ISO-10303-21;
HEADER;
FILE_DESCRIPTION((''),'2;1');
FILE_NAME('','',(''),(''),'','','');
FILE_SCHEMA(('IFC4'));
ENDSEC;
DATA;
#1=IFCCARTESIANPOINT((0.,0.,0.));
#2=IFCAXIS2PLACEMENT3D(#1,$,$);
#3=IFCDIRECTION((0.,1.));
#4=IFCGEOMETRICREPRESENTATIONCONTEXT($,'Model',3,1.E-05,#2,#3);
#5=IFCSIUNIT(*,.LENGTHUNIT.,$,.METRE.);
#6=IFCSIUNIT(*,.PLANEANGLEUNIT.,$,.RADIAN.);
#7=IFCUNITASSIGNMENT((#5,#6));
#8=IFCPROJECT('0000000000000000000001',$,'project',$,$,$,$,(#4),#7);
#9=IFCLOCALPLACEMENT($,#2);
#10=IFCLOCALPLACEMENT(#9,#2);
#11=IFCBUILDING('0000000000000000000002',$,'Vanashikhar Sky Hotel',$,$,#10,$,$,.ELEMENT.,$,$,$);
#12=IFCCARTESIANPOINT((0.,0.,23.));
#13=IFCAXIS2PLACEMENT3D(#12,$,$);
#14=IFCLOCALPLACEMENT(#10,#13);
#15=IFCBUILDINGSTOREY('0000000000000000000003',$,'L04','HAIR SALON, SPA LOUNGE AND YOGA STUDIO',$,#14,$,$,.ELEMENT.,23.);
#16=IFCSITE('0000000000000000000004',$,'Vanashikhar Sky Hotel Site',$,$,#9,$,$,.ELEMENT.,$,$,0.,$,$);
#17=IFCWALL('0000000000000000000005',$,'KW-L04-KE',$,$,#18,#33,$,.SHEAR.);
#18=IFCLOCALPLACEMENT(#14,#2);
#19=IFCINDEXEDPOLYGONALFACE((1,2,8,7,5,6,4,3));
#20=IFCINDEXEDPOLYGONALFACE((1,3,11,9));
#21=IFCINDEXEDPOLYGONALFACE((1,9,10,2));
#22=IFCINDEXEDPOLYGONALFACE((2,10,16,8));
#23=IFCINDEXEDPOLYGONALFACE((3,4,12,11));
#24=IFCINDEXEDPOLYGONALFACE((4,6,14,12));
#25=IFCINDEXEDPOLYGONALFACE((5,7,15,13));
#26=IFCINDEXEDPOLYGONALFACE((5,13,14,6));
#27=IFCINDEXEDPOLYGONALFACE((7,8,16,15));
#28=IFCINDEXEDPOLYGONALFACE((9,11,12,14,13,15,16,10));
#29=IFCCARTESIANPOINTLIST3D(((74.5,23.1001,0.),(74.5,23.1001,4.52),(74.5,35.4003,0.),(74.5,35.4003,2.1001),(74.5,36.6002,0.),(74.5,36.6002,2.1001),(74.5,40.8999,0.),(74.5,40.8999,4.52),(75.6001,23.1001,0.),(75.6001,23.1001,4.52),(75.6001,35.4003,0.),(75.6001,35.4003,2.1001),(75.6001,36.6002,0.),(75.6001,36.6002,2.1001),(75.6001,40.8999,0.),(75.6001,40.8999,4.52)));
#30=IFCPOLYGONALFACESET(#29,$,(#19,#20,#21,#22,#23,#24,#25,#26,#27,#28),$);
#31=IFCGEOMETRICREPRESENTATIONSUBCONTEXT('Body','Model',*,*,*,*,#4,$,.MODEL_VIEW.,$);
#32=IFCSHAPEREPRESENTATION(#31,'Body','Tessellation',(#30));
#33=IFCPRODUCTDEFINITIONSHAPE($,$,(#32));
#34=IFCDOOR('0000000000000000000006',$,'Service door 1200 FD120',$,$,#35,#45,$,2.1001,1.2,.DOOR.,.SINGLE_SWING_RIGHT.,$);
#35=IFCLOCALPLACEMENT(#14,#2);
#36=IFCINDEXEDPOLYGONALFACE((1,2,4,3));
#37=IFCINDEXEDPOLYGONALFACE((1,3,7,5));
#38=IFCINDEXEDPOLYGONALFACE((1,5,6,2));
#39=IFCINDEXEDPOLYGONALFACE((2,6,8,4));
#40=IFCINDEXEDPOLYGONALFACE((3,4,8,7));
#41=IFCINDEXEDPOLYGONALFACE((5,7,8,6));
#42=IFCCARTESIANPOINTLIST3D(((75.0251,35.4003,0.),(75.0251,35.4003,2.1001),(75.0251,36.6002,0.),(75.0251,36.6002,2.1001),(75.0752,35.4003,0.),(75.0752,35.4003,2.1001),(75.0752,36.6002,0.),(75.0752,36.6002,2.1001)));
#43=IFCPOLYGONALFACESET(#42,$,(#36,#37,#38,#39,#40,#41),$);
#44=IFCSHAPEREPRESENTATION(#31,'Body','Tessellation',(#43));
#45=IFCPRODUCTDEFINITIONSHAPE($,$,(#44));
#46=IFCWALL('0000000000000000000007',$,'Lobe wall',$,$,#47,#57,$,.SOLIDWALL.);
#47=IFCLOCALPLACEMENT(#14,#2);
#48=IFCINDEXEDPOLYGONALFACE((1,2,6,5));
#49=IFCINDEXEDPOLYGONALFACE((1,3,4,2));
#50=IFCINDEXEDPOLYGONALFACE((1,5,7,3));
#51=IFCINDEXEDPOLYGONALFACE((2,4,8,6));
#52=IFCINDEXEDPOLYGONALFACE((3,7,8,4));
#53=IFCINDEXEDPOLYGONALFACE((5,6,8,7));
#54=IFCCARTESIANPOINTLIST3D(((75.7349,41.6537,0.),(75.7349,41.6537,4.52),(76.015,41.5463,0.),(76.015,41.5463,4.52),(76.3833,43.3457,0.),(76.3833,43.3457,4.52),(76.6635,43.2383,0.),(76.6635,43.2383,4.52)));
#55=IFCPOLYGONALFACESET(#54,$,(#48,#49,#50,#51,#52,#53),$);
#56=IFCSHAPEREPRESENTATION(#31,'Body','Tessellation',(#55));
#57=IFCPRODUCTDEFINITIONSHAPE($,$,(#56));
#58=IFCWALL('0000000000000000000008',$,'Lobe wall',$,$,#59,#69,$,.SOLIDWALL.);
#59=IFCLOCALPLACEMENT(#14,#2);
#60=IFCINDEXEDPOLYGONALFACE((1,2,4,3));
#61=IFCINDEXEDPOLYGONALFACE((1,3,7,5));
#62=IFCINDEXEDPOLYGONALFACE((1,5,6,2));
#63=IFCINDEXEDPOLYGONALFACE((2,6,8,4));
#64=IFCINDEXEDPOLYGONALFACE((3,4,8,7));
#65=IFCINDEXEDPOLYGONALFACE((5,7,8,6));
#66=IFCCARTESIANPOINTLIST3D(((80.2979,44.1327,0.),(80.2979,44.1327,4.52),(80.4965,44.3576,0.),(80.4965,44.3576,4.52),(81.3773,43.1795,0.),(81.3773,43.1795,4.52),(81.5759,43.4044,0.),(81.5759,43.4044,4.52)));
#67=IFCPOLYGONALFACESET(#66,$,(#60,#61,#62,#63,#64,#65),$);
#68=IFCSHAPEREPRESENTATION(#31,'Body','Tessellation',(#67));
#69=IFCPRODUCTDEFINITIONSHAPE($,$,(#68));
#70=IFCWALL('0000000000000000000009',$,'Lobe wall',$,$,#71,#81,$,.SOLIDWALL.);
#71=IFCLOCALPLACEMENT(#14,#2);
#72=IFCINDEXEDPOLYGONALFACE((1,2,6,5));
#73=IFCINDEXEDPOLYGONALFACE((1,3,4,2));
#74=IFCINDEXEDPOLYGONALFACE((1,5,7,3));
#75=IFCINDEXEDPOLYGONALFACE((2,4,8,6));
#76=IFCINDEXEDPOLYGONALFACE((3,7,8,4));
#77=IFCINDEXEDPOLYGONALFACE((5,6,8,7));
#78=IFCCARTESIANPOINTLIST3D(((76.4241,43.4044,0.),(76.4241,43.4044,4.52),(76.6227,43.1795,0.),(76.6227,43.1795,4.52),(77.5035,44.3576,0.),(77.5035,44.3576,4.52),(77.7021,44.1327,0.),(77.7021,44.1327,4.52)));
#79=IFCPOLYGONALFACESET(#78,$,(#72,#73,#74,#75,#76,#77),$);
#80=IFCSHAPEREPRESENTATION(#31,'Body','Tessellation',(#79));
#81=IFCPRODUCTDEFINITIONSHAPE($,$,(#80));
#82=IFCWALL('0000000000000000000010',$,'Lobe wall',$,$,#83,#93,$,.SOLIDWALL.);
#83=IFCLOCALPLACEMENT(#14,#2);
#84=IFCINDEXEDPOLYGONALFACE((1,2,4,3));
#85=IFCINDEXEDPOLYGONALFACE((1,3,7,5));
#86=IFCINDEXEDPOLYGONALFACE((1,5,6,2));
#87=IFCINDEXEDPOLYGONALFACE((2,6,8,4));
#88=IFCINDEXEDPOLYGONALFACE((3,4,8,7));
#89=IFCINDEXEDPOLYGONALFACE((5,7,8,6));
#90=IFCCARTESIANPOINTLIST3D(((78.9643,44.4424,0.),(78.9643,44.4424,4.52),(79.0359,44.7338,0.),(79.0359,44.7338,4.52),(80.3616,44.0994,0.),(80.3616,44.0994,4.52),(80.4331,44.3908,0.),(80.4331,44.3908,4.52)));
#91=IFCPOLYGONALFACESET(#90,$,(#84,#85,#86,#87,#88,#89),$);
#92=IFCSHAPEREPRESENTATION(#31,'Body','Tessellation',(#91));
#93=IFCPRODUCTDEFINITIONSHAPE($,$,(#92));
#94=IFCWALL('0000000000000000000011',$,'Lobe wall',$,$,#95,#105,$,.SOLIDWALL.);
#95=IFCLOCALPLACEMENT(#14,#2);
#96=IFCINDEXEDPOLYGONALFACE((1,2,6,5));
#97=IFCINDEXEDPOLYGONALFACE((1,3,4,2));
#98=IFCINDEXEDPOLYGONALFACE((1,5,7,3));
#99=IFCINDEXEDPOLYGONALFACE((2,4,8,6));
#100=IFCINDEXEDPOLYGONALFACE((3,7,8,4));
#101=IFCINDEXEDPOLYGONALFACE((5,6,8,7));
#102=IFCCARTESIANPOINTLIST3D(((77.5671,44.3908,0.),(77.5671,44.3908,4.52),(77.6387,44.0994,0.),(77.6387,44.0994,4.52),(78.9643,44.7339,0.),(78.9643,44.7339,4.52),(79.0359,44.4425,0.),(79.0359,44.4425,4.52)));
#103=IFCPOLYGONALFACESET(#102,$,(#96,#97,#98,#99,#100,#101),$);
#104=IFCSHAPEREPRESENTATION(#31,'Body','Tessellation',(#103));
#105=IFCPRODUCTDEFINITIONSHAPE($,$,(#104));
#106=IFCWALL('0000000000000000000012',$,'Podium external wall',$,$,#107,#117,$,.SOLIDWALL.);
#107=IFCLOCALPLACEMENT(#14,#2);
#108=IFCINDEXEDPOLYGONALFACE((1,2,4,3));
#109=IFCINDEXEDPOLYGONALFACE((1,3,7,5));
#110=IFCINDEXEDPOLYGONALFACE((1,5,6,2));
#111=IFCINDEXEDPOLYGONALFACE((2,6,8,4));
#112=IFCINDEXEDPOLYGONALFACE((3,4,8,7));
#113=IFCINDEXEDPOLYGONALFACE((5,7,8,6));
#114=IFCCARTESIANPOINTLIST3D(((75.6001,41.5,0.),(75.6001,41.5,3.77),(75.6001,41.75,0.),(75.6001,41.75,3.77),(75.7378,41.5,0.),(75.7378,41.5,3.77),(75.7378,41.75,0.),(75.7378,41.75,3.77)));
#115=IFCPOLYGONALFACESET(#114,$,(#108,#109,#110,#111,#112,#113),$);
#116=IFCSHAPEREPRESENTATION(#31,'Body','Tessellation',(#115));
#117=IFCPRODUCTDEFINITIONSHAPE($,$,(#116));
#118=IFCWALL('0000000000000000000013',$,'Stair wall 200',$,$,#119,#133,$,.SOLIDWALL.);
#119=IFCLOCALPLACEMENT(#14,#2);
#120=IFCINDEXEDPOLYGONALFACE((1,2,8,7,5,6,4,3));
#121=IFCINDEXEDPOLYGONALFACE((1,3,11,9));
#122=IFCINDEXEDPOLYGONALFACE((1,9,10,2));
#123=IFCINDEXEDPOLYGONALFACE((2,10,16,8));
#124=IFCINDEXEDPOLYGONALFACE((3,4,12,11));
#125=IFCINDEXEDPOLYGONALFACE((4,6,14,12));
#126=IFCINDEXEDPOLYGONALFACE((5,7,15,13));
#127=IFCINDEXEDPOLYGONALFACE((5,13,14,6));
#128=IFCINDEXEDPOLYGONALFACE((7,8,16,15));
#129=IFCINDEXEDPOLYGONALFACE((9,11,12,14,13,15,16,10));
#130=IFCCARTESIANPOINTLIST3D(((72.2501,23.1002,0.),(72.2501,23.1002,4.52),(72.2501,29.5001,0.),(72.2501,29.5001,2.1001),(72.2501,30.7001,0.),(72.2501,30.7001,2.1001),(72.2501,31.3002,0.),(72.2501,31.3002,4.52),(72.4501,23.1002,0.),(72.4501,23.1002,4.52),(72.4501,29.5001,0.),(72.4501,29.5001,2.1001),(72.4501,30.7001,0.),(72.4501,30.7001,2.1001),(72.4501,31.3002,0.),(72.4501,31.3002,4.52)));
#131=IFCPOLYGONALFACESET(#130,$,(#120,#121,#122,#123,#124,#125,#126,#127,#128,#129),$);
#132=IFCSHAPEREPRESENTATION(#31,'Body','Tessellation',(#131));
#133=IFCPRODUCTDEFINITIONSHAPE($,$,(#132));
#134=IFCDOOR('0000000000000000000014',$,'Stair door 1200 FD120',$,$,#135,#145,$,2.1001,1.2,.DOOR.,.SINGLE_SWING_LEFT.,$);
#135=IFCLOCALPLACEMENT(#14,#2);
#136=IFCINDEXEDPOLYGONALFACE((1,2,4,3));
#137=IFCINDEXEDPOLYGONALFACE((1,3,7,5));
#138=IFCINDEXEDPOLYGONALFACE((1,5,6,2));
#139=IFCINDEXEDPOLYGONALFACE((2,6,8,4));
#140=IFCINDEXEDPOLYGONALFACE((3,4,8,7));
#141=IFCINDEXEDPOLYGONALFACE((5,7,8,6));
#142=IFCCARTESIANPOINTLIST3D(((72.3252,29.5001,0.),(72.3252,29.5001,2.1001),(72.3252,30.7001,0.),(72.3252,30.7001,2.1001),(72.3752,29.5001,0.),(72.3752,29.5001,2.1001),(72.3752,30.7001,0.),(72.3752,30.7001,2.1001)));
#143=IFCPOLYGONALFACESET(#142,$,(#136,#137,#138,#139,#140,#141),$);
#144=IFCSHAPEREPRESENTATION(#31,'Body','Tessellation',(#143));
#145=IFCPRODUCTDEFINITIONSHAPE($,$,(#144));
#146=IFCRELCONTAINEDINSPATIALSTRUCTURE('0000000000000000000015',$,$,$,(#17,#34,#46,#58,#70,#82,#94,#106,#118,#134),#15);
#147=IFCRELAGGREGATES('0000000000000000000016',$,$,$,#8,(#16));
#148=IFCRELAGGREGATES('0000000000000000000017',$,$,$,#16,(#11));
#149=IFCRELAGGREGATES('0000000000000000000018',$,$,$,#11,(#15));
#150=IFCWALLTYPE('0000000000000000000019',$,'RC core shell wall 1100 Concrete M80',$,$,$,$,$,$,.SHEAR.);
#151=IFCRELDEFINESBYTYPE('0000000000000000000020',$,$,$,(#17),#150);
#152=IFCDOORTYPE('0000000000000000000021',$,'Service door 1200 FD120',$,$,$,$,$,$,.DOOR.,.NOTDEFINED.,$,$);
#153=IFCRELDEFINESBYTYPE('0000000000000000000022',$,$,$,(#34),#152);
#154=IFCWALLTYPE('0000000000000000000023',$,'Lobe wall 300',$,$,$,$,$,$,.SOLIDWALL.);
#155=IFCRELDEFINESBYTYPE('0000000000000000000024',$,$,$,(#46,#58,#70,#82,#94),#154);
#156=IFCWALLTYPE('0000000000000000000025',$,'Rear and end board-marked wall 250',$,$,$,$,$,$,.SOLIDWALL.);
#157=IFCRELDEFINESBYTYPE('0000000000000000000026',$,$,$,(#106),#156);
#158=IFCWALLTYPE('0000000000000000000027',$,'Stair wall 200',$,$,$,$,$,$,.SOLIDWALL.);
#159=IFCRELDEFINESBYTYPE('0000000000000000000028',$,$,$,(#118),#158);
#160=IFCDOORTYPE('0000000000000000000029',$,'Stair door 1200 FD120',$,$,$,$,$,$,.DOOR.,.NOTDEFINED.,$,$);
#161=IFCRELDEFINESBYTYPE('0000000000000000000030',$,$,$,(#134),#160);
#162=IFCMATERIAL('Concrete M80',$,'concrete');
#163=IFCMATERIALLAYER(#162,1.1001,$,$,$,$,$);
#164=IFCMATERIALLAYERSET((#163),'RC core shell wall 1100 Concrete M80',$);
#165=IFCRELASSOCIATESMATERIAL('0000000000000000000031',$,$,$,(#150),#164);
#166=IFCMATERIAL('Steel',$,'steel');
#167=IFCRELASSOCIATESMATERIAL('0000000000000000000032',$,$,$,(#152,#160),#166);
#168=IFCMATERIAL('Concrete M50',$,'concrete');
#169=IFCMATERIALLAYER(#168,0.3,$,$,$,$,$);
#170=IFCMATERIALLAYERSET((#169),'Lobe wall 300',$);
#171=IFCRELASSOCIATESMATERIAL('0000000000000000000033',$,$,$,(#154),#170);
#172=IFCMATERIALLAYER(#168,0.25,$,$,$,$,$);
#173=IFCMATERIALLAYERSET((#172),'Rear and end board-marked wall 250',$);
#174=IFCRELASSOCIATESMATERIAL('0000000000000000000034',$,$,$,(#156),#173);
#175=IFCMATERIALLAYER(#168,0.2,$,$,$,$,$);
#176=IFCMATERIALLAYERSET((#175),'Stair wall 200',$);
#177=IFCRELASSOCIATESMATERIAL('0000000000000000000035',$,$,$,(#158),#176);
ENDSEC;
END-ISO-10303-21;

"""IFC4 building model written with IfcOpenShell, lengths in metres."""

from ifc_helpers import new_model, si_unit, direction, frame, frame_2d, origin, place, context, subcontext, project, spatial, rectangle, extrude, source, transform, mapped, material, layer, layer_set, type_object, element, fill, save


model = new_model("IFC4")

# Units and contexts
model_context = context("Model", 3, precision=1e-05, world=origin(), true_north=direction((0.0, 1.0)))
body_context = subcontext(model_context, "Body", "Model", "MODEL_VIEW")
ifc_project = project(units=[si_unit("LENGTHUNIT", "METRE"), si_unit("PLANEANGLEUNIT", "RADIAN")], contexts=[model_context])

# Site, building, storey
site_placement = place(None, origin())
site = spatial("IfcSite", under=ifc_project, at=site_placement, Name="Vanashikhar Sky Hotel Site", CompositionType="ELEMENT", RefElevation=0.0)
building_placement = place(site_placement, origin())
building = spatial("IfcBuilding", under=site, at=building_placement, Name="Vanashikhar Sky Hotel", CompositionType="ELEMENT")
storey_placement = place(building_placement, frame((0.0, 0.0, 23.0)))
storey = spatial("IfcBuildingStorey", under=building, at=storey_placement, Name="L04", Description="HAIR SALON, SPA LOUNGE AND YOGA STUDIO", CompositionType="ELEMENT", Elevation=23.0)

# Wall, opening, door
ifc_material_1 = material(Name="Concrete M80", Category="concrete")
ifc_layer_1 = layer(ifc_material_1, 1.1001)
ifc_layer_set_1 = layer_set([ifc_layer_1], Name="RC core shell wall 1100 Concrete M80")
wall_type_1 = type_object("IfcWallType", Name="RC core shell wall 1100 Concrete M80", PredefinedType="SHEAR", material=ifc_layer_set_1)
shared_shape_1 = source(origin(), body_context, "Body", "SweptSolid", [
    extrude(rectangle(XDim=17.7998, YDim=1.1001, at=frame_2d((8.8999, 0.0))), origin(), (0.0, 0.0, 1.0), 4.52),
])
wall_1_placement = place(storey_placement, frame((75.05, 23.1001, 0.0), z_axis=(0.0, 0.0, 1.0), x_axis=(0.0, 1.0, 0.0)))
wall_1 = element("IfcWall", 1, at=wall_1_placement, inside=storey, type_object=wall_type_1, Name="KW-L04-KE", PredefinedType="SHEAR", context=body_context, shape_type="MappedRepresentation", body=[
    mapped(shared_shape_1, transform((0.0, 0.0, 0.0), scale=1.0)),
])
shared_shape_2 = source(origin(), body_context, "Body", "SweptSolid", [
    extrude(rectangle(XDim=1.2, YDim=2.1001, at=frame_2d((0.6001, 1.05))), frame((0.0, 0.5601, 0.0), z_axis=(0.0, -1.0, 0.0), x_axis=(1.0, 0.0, 0.0)), (0.0, 0.0, 1.0), 1.1201),
])
opening_1_placement = place(wall_1_placement, frame((12.3, 0.0, 0.0)))
opening_1 = element("IfcOpeningElement", 2, at=opening_1_placement, cuts=wall_1, PredefinedType="OPENING", context=body_context, shape_type="MappedRepresentation", body=[
    mapped(shared_shape_2, transform((0.0, 0.0, 0.0), scale=1.0)),
])
ifc_material_2 = material(Name="Steel", Category="steel")
door_type_1 = type_object("IfcDoorType", Name="Service door 1200 FD120", OperationType="NOTDEFINED", PredefinedType="DOOR", material=ifc_material_2)
shared_shape_3 = source(origin(), body_context, "Body", "SweptSolid", [
    extrude(rectangle(XDim=1.2, YDim=2.1001, at=frame_2d((0.6001, 1.05))), frame((0.0, 0.0249, 0.0), z_axis=(0.0, -1.0, 0.0), x_axis=(1.0, 0.0, 0.0)), (0.0, 0.0, 1.0), 0.05),
])
door_1_placement = place(opening_1_placement, origin())
door_1 = element("IfcDoor", 3, at=door_1_placement, inside=storey, type_object=door_type_1, Name="Service door 1200 FD120", OperationType="SINGLE_SWING_RIGHT", OverallHeight=2.1001, OverallWidth=1.2, PredefinedType="DOOR", context=body_context, shape_type="MappedRepresentation", body=[
    mapped(shared_shape_3, transform((0.0, 0.0, 0.0), scale=1.0)),
])
fill(opening_1, door_1)

# Walls
ifc_material_3 = material(Name="Concrete M50", Category="concrete")
ifc_layer_2 = layer(ifc_material_3, 0.3)
ifc_layer_set_2 = layer_set([ifc_layer_2], Name="Lobe wall 300")
wall_type_2 = type_object("IfcWallType", Name="Lobe wall 300", PredefinedType="SOLIDWALL", material=ifc_layer_set_2)
shared_shape_4 = source(origin(), body_context, "Body", "SweptSolid", [
    extrude(rectangle(XDim=1.812, YDim=0.3, at=frame_2d((0.906, 0.0))), origin(), (0.0, 0.0, 1.0), 4.52),
])
wall_2_placement = place(storey_placement, frame((76.5234, 43.292, 0.0), z_axis=(0.0, 0.0, 1.0), x_axis=(-0.357877, -0.933769, 0.0)))
element("IfcWall", 4, at=wall_2_placement, inside=storey, type_object=wall_type_2, Name="Lobe wall", PredefinedType="SOLIDWALL", context=body_context, shape_type="MappedRepresentation", body=[
    mapped(shared_shape_4, transform((0.0, 0.0, 0.0), scale=1.0)),
])
shared_shape_5 = source(origin(), body_context, "Body", "SweptSolid", [
    extrude(rectangle(XDim=1.4399, YDim=0.3, at=frame_2d((0.72, 0.0))), origin(), (0.0, 0.0, 1.0), 4.52),
])
for number, where, z_axis, x_axis, name in (
    (5, (81.4766, 43.292, 0.0), (0.0, 0.0, 1.0), (-0.749576, 0.661919, 0.0), "Lobe wall"),
    (6, (77.6028, 44.2451, 0.0), (0.0, 0.0, 1.0), (-0.749576, -0.661919, 0.0), "Lobe wall"),
):
    element("IfcWall", number, at=place(storey_placement, frame(where, z_axis=z_axis, x_axis=x_axis)), inside=storey, type_object=wall_type_2, Name=name, PredefinedType="SOLIDWALL", context=body_context, shape_type="MappedRepresentation", body=[
        mapped(shared_shape_5, transform((0.0, 0.0, 0.0), scale=1.0)),
    ])
shared_shape_6 = source(origin(), body_context, "Body", "SweptSolid", [
    extrude(rectangle(XDim=1.4387, YDim=0.3, at=frame_2d((0.7192, 0.0))), origin(), (0.0, 0.0, 1.0), 4.52),
])
for number, where, z_axis, x_axis, name in (
    (7, (80.3972, 44.2451, 0.0), (0.0, 0.0, 1.0), (-0.971162, 0.238421, 0.0), "Lobe wall"),
    (8, (79.0, 44.5881, 0.0), (0.0, 0.0, 1.0), (-0.971162, -0.238421, 0.0), "Lobe wall"),
):
    element("IfcWall", number, at=place(storey_placement, frame(where, z_axis=z_axis, x_axis=x_axis)), inside=storey, type_object=wall_type_2, Name=name, PredefinedType="SOLIDWALL", context=body_context, shape_type="MappedRepresentation", body=[
        mapped(shared_shape_6, transform((0.0, 0.0, 0.0), scale=1.0)),
    ])
ifc_layer_3 = layer(ifc_material_3, 0.25)
ifc_layer_set_3 = layer_set([ifc_layer_3], Name="Rear and end board-marked wall 250")
wall_type_3 = type_object("IfcWallType", Name="Rear and end board-marked wall 250", PredefinedType="SOLIDWALL", material=ifc_layer_set_3)
shared_shape_7 = source(origin(), body_context, "Body", "SweptSolid", [
    extrude(rectangle(XDim=0.1377, YDim=0.25, at=frame_2d((0.0688, 0.0))), origin(), (0.0, 0.0, 1.0), 3.77),
])
wall_3_placement = place(storey_placement, frame((75.7378, 41.625, 0.0), z_axis=(0.0, 0.0, 1.0), x_axis=(-1.0, 0.0, 0.0)))
element("IfcWall", 9, at=wall_3_placement, inside=storey, type_object=wall_type_3, Name="Podium external wall", PredefinedType="SOLIDWALL", context=body_context, shape_type="MappedRepresentation", body=[
    mapped(shared_shape_7, transform((0.0, 0.0, 0.0), scale=1.0)),
])

# Wall, opening, door
ifc_layer_4 = layer(ifc_material_3, 0.2)
ifc_layer_set_4 = layer_set([ifc_layer_4], Name="Stair wall 200")
wall_type_4 = type_object("IfcWallType", Name="Stair wall 200", PredefinedType="SOLIDWALL", material=ifc_layer_set_4)
shared_shape_8 = source(origin(), body_context, "Body", "SweptSolid", [
    extrude(rectangle(XDim=8.2, YDim=0.2, at=frame_2d((4.1001, 0.0))), origin(), (0.0, 0.0, 1.0), 4.52),
])
wall_4_placement = place(storey_placement, frame((72.3501, 23.1001, 0.0), z_axis=(0.0, 0.0, 1.0), x_axis=(0.0, 1.0, 0.0)))
wall_4 = element("IfcWall", 10, at=wall_4_placement, inside=storey, type_object=wall_type_4, Name="Stair wall 200", PredefinedType="SOLIDWALL", context=body_context, shape_type="MappedRepresentation", body=[
    mapped(shared_shape_8, transform((0.0, 0.0, 0.0), scale=1.0)),
])
shared_shape_9 = source(origin(), body_context, "Body", "SweptSolid", [
    extrude(rectangle(XDim=1.2, YDim=2.1001, at=frame_2d((0.6001, 1.05))), frame((0.0, 0.1099, 0.0), z_axis=(0.0, -1.0, 0.0), x_axis=(1.0, 0.0, 0.0)), (0.0, 0.0, 1.0), 0.22),
])
opening_2_placement = place(wall_4_placement, frame((6.3999, 0.0, 0.0)))
opening_2 = element("IfcOpeningElement", 11, at=opening_2_placement, cuts=wall_4, PredefinedType="OPENING", context=body_context, shape_type="MappedRepresentation", body=[
    mapped(shared_shape_9, transform((0.0, 0.0, 0.0), scale=1.0)),
])
door_type_2 = type_object("IfcDoorType", Name="Stair door 1200 FD120", OperationType="NOTDEFINED", PredefinedType="DOOR", material=ifc_material_2)
door_2_placement = place(opening_2_placement, origin())
door_2 = element("IfcDoor", 12, at=door_2_placement, inside=storey, type_object=door_type_2, Name="Stair door 1200 FD120", OperationType="SINGLE_SWING_LEFT", OverallHeight=2.1001, OverallWidth=1.2, PredefinedType="DOOR", context=body_context, shape_type="MappedRepresentation", body=[
    mapped(shared_shape_3, transform((0.0, 0.0, 0.0), scale=1.0)),
])
fill(opening_2, door_2)

save(model, "model.ifc")
